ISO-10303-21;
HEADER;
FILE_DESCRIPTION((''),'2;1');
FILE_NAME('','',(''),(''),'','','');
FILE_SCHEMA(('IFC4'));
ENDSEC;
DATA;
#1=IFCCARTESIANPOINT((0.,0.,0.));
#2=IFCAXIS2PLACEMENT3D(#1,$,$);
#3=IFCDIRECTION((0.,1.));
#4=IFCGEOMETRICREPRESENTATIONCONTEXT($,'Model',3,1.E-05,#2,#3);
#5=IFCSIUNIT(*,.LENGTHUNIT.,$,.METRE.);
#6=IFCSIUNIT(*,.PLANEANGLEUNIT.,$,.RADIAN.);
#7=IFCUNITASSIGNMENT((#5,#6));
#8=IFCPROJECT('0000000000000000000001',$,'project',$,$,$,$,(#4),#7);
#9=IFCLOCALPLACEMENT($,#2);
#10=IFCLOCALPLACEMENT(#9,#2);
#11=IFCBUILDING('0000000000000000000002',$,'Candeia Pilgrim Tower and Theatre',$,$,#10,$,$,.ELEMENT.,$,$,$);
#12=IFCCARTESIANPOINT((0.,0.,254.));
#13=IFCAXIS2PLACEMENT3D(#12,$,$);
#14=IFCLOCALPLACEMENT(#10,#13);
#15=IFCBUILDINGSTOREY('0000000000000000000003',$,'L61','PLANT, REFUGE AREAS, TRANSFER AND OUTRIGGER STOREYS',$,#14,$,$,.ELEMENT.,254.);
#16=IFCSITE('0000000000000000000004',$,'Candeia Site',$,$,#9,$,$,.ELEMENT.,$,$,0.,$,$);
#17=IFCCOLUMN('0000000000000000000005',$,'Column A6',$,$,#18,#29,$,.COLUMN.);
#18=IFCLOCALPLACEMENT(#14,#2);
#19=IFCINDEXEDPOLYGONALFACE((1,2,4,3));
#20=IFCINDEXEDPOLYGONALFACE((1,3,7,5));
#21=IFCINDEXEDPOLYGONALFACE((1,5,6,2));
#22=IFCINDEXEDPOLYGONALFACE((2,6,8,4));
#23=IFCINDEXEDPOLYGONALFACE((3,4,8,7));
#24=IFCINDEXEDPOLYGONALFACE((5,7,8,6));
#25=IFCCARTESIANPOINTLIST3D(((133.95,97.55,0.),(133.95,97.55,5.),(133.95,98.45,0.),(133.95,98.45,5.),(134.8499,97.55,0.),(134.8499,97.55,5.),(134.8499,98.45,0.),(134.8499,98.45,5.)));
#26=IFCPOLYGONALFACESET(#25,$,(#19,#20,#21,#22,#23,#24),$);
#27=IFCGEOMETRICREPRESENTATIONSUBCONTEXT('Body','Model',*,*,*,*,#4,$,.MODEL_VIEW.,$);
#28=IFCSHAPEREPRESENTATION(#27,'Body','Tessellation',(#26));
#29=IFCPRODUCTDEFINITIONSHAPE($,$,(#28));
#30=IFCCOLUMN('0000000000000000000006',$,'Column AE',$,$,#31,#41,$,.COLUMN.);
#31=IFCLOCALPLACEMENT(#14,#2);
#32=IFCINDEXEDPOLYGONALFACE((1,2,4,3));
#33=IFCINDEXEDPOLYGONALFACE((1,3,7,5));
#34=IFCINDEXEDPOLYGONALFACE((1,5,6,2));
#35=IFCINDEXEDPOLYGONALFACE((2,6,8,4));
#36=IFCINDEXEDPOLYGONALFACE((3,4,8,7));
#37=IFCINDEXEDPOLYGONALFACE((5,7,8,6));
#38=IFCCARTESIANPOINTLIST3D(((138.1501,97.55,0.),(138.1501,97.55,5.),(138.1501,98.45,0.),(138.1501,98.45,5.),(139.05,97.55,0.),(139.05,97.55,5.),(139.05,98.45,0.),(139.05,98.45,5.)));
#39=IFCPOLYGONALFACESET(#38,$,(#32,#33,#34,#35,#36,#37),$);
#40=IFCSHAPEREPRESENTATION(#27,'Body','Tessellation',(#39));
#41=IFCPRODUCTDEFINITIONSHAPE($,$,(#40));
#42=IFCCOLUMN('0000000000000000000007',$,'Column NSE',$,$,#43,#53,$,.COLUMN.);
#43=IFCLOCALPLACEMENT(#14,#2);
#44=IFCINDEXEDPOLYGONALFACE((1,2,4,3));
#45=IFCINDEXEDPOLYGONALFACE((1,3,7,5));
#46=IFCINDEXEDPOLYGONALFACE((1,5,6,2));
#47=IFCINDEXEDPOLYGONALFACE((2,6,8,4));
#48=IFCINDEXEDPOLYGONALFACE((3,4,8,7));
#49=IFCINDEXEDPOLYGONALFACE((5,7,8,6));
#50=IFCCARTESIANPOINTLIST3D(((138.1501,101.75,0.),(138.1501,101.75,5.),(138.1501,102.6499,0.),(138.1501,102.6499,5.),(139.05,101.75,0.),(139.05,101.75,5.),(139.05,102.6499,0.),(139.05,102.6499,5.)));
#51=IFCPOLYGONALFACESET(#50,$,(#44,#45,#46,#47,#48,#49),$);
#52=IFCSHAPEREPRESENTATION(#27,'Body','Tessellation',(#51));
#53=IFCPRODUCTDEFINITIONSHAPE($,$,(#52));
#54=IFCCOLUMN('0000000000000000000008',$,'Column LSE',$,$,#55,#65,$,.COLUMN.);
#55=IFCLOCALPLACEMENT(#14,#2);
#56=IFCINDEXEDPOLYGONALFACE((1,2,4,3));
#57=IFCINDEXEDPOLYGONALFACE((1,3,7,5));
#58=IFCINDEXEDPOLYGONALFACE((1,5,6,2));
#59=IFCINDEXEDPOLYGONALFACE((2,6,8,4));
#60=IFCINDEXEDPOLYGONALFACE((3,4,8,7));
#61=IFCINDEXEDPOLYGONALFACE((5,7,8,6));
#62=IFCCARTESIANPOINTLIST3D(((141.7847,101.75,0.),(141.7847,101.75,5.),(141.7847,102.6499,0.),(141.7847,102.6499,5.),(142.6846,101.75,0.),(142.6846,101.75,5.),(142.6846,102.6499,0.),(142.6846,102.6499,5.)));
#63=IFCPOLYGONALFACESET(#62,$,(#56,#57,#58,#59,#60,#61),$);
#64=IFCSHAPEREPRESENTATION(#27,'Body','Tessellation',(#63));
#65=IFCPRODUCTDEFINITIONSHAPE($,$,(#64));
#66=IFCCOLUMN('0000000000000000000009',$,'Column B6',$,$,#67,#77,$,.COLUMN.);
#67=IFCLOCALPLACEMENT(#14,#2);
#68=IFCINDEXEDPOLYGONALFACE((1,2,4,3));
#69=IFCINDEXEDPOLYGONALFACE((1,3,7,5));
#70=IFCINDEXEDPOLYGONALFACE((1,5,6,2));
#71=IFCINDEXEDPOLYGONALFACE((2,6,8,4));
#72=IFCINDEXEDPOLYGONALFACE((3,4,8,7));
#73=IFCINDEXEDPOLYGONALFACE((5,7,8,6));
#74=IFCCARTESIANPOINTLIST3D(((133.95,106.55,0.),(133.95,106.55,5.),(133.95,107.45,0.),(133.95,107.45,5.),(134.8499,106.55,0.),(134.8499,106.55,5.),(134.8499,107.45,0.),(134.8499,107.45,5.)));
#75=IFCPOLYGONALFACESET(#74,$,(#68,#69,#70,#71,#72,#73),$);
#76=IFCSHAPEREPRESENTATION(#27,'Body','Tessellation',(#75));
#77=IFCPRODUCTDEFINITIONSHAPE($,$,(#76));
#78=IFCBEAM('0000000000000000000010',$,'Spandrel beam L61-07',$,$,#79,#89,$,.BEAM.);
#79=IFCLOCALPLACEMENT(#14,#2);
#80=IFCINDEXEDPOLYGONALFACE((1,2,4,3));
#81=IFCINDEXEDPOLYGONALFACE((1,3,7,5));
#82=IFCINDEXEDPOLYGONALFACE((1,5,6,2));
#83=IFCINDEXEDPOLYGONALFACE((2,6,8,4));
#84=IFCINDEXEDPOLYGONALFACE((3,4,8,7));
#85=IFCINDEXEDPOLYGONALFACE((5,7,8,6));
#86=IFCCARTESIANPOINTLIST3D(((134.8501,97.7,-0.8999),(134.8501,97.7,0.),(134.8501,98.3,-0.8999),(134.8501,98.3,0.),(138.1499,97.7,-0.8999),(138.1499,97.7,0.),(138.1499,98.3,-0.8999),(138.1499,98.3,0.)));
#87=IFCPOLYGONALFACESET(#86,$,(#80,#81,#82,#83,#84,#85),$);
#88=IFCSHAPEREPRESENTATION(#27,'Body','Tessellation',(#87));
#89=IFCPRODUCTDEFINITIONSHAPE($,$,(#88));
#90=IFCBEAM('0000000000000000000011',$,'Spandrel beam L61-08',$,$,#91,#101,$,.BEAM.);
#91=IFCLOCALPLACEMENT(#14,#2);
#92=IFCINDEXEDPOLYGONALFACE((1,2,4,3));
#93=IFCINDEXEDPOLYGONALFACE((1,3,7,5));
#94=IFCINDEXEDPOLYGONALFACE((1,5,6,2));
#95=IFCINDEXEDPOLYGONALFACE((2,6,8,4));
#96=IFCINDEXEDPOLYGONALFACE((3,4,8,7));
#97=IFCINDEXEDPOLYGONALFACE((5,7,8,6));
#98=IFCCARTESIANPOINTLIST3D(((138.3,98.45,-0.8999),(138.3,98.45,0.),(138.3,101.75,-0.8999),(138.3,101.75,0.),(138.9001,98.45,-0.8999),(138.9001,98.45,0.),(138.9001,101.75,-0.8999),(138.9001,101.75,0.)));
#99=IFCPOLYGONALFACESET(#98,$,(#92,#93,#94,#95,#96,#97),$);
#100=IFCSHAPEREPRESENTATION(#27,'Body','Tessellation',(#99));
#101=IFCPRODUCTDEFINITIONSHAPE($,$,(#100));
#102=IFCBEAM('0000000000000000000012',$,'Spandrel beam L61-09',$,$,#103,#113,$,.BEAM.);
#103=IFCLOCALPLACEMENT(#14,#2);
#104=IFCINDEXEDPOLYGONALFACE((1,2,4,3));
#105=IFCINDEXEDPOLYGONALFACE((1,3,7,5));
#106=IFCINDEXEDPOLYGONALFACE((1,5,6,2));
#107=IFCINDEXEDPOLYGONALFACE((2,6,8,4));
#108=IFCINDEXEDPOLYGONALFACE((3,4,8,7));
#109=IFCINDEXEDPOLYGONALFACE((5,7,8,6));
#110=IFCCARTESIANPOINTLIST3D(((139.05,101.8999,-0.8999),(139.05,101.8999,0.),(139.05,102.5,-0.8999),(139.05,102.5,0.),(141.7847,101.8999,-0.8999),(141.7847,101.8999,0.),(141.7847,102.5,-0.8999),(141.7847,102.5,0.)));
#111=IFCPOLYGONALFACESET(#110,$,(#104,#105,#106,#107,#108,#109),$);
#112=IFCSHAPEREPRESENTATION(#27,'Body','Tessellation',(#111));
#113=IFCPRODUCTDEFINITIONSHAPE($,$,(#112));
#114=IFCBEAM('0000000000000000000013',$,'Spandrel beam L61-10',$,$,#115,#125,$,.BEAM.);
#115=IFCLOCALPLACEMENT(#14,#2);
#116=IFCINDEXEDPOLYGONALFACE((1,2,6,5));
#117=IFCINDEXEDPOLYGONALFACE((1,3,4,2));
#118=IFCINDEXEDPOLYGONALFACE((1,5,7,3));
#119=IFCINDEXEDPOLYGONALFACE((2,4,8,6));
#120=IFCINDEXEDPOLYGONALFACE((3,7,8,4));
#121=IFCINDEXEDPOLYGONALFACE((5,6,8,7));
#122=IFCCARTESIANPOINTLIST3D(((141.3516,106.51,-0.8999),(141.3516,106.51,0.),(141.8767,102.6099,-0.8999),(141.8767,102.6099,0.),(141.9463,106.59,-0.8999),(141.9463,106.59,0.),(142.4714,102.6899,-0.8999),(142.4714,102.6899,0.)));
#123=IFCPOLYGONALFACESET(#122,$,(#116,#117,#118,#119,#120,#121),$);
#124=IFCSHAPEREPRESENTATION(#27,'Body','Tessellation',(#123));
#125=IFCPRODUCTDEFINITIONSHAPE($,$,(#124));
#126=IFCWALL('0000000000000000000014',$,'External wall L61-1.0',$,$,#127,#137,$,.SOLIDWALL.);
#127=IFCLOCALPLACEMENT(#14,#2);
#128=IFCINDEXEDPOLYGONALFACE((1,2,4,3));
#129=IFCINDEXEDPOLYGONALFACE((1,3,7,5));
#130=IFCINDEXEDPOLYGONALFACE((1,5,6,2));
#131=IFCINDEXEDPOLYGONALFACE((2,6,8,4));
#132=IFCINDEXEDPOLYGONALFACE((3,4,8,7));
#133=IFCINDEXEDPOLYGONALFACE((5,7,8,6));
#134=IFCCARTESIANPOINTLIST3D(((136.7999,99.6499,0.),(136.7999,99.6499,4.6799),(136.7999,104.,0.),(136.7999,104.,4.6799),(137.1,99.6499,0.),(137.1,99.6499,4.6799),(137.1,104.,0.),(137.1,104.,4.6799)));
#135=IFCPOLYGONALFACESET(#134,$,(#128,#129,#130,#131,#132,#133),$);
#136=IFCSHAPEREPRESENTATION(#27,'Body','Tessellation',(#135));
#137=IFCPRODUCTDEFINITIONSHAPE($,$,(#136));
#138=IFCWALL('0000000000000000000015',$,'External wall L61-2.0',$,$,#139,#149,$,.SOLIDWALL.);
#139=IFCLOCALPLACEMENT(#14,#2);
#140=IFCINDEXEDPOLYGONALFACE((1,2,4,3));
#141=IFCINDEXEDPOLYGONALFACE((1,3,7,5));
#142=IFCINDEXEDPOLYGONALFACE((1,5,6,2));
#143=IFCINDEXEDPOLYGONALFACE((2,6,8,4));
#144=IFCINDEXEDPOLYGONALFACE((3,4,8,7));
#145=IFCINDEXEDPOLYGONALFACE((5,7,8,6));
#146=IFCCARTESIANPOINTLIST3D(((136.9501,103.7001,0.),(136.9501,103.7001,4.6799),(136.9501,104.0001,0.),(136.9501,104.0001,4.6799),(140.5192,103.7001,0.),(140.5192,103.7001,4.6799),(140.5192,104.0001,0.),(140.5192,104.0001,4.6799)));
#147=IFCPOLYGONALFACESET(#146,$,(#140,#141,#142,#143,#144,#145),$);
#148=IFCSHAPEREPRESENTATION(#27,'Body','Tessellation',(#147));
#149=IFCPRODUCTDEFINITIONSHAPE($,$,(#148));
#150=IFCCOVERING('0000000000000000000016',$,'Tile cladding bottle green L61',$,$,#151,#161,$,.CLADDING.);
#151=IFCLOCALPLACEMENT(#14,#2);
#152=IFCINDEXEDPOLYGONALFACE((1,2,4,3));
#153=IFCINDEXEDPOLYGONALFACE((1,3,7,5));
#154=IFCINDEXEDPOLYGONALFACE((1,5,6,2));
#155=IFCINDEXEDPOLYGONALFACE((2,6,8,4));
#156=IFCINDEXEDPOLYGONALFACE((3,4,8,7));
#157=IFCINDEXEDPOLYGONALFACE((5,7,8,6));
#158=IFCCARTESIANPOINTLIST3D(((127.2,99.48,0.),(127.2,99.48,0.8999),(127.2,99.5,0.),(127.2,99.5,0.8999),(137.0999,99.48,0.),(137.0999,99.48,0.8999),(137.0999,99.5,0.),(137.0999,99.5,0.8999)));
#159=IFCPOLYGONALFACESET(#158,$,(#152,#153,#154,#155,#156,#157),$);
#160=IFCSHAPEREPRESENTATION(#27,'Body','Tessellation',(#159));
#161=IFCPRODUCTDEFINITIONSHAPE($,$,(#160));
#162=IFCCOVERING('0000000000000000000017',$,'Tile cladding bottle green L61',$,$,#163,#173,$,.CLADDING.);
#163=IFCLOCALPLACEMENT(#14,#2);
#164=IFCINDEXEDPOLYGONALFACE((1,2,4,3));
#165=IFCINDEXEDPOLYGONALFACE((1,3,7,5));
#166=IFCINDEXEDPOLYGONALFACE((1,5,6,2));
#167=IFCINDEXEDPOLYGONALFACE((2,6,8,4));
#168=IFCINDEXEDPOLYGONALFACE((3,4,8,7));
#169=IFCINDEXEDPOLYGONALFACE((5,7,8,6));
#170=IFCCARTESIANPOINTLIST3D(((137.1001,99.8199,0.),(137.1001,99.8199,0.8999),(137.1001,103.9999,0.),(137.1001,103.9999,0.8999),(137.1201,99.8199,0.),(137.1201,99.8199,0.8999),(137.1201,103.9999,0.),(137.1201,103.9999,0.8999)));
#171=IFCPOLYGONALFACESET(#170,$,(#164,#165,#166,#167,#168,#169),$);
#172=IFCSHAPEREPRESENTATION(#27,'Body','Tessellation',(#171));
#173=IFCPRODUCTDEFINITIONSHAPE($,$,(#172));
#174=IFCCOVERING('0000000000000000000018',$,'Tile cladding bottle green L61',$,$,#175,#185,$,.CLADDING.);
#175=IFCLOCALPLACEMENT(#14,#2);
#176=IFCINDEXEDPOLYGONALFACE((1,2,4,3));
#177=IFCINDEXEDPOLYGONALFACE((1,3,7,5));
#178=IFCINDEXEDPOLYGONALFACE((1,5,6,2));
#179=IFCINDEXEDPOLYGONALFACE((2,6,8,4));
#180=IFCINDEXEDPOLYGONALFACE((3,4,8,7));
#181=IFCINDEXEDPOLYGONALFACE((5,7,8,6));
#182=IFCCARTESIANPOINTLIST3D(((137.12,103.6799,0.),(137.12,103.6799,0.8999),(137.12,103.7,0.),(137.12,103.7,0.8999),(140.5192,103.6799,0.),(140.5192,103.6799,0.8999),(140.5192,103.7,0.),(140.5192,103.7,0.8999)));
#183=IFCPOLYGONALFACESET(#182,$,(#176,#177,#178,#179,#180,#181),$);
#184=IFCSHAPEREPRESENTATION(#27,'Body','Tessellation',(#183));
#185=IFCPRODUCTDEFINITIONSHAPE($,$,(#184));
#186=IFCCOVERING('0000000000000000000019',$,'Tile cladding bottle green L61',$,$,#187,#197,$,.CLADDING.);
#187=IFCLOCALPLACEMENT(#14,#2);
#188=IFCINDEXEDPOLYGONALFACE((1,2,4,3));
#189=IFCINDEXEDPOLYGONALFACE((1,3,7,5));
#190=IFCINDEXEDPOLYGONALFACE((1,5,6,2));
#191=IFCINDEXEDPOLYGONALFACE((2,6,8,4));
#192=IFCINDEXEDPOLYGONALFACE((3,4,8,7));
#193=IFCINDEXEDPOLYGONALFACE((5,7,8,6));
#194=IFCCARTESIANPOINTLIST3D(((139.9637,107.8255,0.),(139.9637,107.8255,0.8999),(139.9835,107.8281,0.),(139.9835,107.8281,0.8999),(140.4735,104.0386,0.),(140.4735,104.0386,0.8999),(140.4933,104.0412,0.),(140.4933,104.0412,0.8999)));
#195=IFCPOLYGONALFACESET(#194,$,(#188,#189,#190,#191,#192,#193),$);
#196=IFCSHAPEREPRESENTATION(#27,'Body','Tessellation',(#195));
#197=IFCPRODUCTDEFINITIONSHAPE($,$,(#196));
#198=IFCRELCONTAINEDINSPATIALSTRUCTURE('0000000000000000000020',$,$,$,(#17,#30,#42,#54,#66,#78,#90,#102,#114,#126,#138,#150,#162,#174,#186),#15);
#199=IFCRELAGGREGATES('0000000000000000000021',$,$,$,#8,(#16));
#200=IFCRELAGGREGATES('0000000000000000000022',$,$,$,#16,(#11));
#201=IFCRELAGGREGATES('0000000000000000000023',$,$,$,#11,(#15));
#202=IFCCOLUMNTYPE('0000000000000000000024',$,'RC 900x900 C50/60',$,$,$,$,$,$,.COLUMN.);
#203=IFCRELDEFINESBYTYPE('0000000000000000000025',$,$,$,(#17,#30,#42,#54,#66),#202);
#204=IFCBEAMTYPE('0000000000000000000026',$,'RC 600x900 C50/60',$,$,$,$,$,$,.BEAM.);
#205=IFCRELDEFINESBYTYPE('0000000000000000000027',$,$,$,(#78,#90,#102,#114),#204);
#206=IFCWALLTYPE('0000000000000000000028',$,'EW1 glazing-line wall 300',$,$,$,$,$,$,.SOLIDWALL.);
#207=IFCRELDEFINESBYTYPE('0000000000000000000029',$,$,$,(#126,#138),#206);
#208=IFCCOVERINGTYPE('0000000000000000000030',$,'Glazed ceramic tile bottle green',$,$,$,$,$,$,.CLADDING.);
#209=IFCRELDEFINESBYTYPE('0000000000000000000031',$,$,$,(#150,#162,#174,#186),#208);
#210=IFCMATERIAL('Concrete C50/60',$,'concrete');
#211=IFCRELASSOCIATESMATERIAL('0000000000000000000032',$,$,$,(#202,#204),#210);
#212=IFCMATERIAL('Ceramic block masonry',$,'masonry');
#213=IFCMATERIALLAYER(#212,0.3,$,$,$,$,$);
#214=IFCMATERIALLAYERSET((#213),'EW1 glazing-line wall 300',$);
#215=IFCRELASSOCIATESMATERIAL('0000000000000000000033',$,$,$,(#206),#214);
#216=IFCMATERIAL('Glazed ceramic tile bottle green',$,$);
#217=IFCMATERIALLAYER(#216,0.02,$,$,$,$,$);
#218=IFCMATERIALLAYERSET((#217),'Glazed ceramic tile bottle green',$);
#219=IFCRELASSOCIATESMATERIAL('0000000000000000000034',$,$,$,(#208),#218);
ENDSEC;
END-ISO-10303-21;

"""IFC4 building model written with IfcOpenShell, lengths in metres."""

from ifc_helpers import new_model, si_unit, direction, frame, frame_2d, origin, origin_2d, place, context, subcontext, project, spatial, rectangle, extrude, material, layer, layer_set, material_profile, profile_set, type_object, element, save


model = new_model("IFC4")

# Units and contexts
model_context = context("Model", 3, precision=1e-05, world=origin(), true_north=direction((0.0, 1.0)))
body_context = subcontext(model_context, "Body", "Model", "MODEL_VIEW")
ifc_project = project(units=[si_unit("LENGTHUNIT", "METRE"), si_unit("PLANEANGLEUNIT", "RADIAN")], contexts=[model_context])

# Site, building, storey
site_placement = place(None, origin())
site = spatial("IfcSite", under=ifc_project, at=site_placement, Name="Candeia Site", CompositionType="ELEMENT", RefElevation=0.0)
building_placement = place(site_placement, origin())
building = spatial("IfcBuilding", under=site, at=building_placement, Name="Candeia Pilgrim Tower and Theatre", CompositionType="ELEMENT")
storey_placement = place(building_placement, frame((0.0, 0.0, 254.0)))
storey = spatial("IfcBuildingStorey", under=building, at=storey_placement, Name="L61", Description="PLANT, REFUGE AREAS, TRANSFER AND OUTRIGGER STOREYS", CompositionType="ELEMENT", Elevation=254.0)

# Columns
ifc_material_1 = material(Name="Concrete C50/60", Category="concrete")
ifc_material_profile_1 = material_profile(ifc_material_1, rectangle(XDim=0.8999, YDim=0.8999, at=origin_2d()))
ifc_profile_set_1 = profile_set([ifc_material_profile_1], Name="Concrete C50/60")
column_type = type_object("IfcColumnType", Name="RC 900x900 C50/60", PredefinedType="COLUMN", material=ifc_profile_set_1)
for number, where, z_axis, x_axis, name in (
    (1, (134.3999, 98.0, 0.0), (0.0, 0.0, 1.0), (1.0, 0.0, 0.0), "Column A6"),
    (2, (138.6001, 98.0, 0.0), (0.0, 0.0, 1.0), (1.0, 0.0, 0.0), "Column AE"),
    (3, (138.6001, 102.2, 0.0), (0.0, 0.0, 1.0), (1.0, 0.0, 0.0), "Column NSE"),
    (4, (142.2346, 102.2, 0.0), (0.0, 0.0, 1.0), (1.0, 0.0, 0.0), "Column LSE"),
    (5, (134.3999, 107.0, 0.0), (0.0, 0.0, 1.0), (1.0, 0.0, 0.0), "Column B6"),
):
    element("IfcColumn", number, at=place(storey_placement, frame(where, z_axis=z_axis, x_axis=x_axis)), inside=storey, type_object=column_type, Name=name, PredefinedType="COLUMN", context=body_context, shape_type="SweptSolid", body=[
        extrude(rectangle(XDim=0.8999, YDim=0.8999, at=origin_2d()), origin(), (0.0, 0.0, 1.0), 5.0),
    ])

# Beams
ifc_material_profile_2 = material_profile(ifc_material_1, rectangle(XDim=0.6001, YDim=0.8999, at=origin_2d()))
ifc_profile_set_2 = profile_set([ifc_material_profile_2], Name="Concrete C50/60")
beam_type = type_object("IfcBeamType", Name="RC 600x900 C50/60", PredefinedType="BEAM", material=ifc_profile_set_2)
beam_1_placement = place(storey_placement, frame((134.8501, 98.0, -0.45), z_axis=(1.0, 0.0, 0.0), x_axis=(0.0, 1.0, 0.0)))
element("IfcBeam", 6, at=beam_1_placement, inside=storey, type_object=beam_type, Name="Spandrel beam L61-07", PredefinedType="BEAM", context=body_context, shape_type="SweptSolid", body=[
    extrude(rectangle(XDim=0.6001, YDim=0.8999, at=origin_2d()), origin(), (0.0, 0.0, 1.0), 3.2998),
])
beam_2_placement = place(storey_placement, frame((138.6001, 98.45, -0.45), z_axis=(0.0, 1.0, 0.0), x_axis=(-1.0, 0.0, 0.0)))
element("IfcBeam", 7, at=beam_2_placement, inside=storey, type_object=beam_type, Name="Spandrel beam L61-08", PredefinedType="BEAM", context=body_context, shape_type="SweptSolid", body=[
    extrude(rectangle(XDim=0.6001, YDim=0.8999, at=origin_2d()), origin(), (0.0, 0.0, 1.0), 3.3),
])
beam_3_placement = place(storey_placement, frame((139.05, 102.2, -0.45), z_axis=(1.0, 0.0, 0.0), x_axis=(0.0, 1.0, 0.0)))
element("IfcBeam", 8, at=beam_3_placement, inside=storey, type_object=beam_type, Name="Spandrel beam L61-09", PredefinedType="BEAM", context=body_context, shape_type="SweptSolid", body=[
    extrude(rectangle(XDim=0.6001, YDim=0.8999, at=origin_2d()), origin(), (0.0, 0.0, 1.0), 2.7346),
])
beam_4_placement = place(storey_placement, frame((142.1741, 102.6499, -0.45), z_axis=(-0.133444, 0.991056, 0.0), x_axis=(-0.991056, -0.133444, 0.0)))
element("IfcBeam", 9, at=beam_4_placement, inside=storey, type_object=beam_type, Name="Spandrel beam L61-10", PredefinedType="BEAM", context=body_context, shape_type="SweptSolid", body=[
    extrude(rectangle(XDim=0.6001, YDim=0.8999, at=origin_2d()), origin(), (0.0, 0.0, 1.0), 3.9353),
])

# Walls
ifc_material_2 = material(Name="Ceramic block masonry", Category="masonry")
ifc_layer_1 = layer(ifc_material_2, 0.3)
ifc_layer_set_1 = layer_set([ifc_layer_1], Name="EW1 glazing-line wall 300")
wall_type = type_object("IfcWallType", Name="EW1 glazing-line wall 300", PredefinedType="SOLIDWALL", material=ifc_layer_set_1)
wall_1_placement = place(storey_placement, frame((136.95, 99.6499, 0.0), z_axis=(0.0, 0.0, 1.0), x_axis=(0.0, 1.0, 0.0)))
element("IfcWall", 10, at=wall_1_placement, inside=storey, type_object=wall_type, Name="External wall L61-1.0", PredefinedType="SOLIDWALL", context=body_context, shape_type="SweptSolid", body=[
    extrude(rectangle(XDim=4.3501, YDim=0.3, at=frame_2d((2.175, 0.0))), origin(), (0.0, 0.0, 1.0), 4.6799),
])
wall_2_placement = place(storey_placement, frame((136.95, 103.8501, 0.0), z_axis=(0.0, 0.0, 1.0), x_axis=(1.0, 0.0, 0.0)))
element("IfcWall", 11, at=wall_2_placement, inside=storey, type_object=wall_type, Name="External wall L61-2.0", PredefinedType="SOLIDWALL", context=body_context, shape_type="SweptSolid", body=[
    extrude(rectangle(XDim=3.5691, YDim=0.3, at=frame_2d((1.7847, 0.0))), origin(), (0.0, 0.0, 1.0), 4.6799),
])

# Coverings
ifc_material_3 = material(Name="Glazed ceramic tile bottle green")
ifc_layer_2 = layer(ifc_material_3, 0.02)
ifc_layer_set_2 = layer_set([ifc_layer_2], Name="Glazed ceramic tile bottle green")
covering_type = type_object("IfcCoveringType", Name="Glazed ceramic tile bottle green", PredefinedType="CLADDING", material=ifc_layer_set_2)
covering_1_placement = place(storey_placement, frame((132.1499, 99.49, 0.0), z_axis=(0.0, 0.0, 1.0), x_axis=(1.0, 0.0, 0.0)))
element("IfcCovering", 12, at=covering_1_placement, inside=storey, type_object=covering_type, Name="Tile cladding bottle green L61", PredefinedType="CLADDING", context=body_context, shape_type="SweptSolid", body=[
    extrude(rectangle(XDim=9.8999, YDim=0.02, at=origin_2d()), origin(), (0.0, 0.0, 1.0), 0.8999),
])
covering_2_placement = place(storey_placement, frame((137.1101, 101.9099, 0.0), z_axis=(0.0, 0.0, 1.0), x_axis=(0.0, 1.0, 0.0)))
element("IfcCovering", 13, at=covering_2_placement, inside=storey, type_object=covering_type, Name="Tile cladding bottle green L61", PredefinedType="CLADDING", context=body_context, shape_type="SweptSolid", body=[
    extrude(rectangle(XDim=4.1799, YDim=0.02, at=origin_2d()), origin(), (0.0, 0.0, 1.0), 0.8999),
])
covering_3_placement = place(storey_placement, frame((138.8196, 103.6899, 0.0), z_axis=(0.0, 0.0, 1.0), x_axis=(1.0, 0.0, 0.0)))
element("IfcCovering", 14, at=covering_3_placement, inside=storey, type_object=covering_type, Name="Tile cladding bottle green L61", PredefinedType="CLADDING", context=body_context, shape_type="SweptSolid", body=[
    extrude(rectangle(XDim=3.3992, YDim=0.02, at=origin_2d()), origin(), (0.0, 0.0, 1.0), 0.8999),
])
covering_4_placement = place(storey_placement, frame((140.2285, 105.9333, 0.0), z_axis=(0.0, 0.0, 1.0), x_axis=(-0.133412, 0.991061, 0.0)))
element("IfcCovering", 15, at=covering_4_placement, inside=storey, type_object=covering_type, Name="Tile cladding bottle green L61", PredefinedType="CLADDING", context=body_context, shape_type="SweptSolid", body=[
    extrude(rectangle(XDim=3.821, YDim=0.02, at=origin_2d()), origin(), (0.0, 0.0, 1.0), 0.8999),
])

save(model, "model.ifc")
